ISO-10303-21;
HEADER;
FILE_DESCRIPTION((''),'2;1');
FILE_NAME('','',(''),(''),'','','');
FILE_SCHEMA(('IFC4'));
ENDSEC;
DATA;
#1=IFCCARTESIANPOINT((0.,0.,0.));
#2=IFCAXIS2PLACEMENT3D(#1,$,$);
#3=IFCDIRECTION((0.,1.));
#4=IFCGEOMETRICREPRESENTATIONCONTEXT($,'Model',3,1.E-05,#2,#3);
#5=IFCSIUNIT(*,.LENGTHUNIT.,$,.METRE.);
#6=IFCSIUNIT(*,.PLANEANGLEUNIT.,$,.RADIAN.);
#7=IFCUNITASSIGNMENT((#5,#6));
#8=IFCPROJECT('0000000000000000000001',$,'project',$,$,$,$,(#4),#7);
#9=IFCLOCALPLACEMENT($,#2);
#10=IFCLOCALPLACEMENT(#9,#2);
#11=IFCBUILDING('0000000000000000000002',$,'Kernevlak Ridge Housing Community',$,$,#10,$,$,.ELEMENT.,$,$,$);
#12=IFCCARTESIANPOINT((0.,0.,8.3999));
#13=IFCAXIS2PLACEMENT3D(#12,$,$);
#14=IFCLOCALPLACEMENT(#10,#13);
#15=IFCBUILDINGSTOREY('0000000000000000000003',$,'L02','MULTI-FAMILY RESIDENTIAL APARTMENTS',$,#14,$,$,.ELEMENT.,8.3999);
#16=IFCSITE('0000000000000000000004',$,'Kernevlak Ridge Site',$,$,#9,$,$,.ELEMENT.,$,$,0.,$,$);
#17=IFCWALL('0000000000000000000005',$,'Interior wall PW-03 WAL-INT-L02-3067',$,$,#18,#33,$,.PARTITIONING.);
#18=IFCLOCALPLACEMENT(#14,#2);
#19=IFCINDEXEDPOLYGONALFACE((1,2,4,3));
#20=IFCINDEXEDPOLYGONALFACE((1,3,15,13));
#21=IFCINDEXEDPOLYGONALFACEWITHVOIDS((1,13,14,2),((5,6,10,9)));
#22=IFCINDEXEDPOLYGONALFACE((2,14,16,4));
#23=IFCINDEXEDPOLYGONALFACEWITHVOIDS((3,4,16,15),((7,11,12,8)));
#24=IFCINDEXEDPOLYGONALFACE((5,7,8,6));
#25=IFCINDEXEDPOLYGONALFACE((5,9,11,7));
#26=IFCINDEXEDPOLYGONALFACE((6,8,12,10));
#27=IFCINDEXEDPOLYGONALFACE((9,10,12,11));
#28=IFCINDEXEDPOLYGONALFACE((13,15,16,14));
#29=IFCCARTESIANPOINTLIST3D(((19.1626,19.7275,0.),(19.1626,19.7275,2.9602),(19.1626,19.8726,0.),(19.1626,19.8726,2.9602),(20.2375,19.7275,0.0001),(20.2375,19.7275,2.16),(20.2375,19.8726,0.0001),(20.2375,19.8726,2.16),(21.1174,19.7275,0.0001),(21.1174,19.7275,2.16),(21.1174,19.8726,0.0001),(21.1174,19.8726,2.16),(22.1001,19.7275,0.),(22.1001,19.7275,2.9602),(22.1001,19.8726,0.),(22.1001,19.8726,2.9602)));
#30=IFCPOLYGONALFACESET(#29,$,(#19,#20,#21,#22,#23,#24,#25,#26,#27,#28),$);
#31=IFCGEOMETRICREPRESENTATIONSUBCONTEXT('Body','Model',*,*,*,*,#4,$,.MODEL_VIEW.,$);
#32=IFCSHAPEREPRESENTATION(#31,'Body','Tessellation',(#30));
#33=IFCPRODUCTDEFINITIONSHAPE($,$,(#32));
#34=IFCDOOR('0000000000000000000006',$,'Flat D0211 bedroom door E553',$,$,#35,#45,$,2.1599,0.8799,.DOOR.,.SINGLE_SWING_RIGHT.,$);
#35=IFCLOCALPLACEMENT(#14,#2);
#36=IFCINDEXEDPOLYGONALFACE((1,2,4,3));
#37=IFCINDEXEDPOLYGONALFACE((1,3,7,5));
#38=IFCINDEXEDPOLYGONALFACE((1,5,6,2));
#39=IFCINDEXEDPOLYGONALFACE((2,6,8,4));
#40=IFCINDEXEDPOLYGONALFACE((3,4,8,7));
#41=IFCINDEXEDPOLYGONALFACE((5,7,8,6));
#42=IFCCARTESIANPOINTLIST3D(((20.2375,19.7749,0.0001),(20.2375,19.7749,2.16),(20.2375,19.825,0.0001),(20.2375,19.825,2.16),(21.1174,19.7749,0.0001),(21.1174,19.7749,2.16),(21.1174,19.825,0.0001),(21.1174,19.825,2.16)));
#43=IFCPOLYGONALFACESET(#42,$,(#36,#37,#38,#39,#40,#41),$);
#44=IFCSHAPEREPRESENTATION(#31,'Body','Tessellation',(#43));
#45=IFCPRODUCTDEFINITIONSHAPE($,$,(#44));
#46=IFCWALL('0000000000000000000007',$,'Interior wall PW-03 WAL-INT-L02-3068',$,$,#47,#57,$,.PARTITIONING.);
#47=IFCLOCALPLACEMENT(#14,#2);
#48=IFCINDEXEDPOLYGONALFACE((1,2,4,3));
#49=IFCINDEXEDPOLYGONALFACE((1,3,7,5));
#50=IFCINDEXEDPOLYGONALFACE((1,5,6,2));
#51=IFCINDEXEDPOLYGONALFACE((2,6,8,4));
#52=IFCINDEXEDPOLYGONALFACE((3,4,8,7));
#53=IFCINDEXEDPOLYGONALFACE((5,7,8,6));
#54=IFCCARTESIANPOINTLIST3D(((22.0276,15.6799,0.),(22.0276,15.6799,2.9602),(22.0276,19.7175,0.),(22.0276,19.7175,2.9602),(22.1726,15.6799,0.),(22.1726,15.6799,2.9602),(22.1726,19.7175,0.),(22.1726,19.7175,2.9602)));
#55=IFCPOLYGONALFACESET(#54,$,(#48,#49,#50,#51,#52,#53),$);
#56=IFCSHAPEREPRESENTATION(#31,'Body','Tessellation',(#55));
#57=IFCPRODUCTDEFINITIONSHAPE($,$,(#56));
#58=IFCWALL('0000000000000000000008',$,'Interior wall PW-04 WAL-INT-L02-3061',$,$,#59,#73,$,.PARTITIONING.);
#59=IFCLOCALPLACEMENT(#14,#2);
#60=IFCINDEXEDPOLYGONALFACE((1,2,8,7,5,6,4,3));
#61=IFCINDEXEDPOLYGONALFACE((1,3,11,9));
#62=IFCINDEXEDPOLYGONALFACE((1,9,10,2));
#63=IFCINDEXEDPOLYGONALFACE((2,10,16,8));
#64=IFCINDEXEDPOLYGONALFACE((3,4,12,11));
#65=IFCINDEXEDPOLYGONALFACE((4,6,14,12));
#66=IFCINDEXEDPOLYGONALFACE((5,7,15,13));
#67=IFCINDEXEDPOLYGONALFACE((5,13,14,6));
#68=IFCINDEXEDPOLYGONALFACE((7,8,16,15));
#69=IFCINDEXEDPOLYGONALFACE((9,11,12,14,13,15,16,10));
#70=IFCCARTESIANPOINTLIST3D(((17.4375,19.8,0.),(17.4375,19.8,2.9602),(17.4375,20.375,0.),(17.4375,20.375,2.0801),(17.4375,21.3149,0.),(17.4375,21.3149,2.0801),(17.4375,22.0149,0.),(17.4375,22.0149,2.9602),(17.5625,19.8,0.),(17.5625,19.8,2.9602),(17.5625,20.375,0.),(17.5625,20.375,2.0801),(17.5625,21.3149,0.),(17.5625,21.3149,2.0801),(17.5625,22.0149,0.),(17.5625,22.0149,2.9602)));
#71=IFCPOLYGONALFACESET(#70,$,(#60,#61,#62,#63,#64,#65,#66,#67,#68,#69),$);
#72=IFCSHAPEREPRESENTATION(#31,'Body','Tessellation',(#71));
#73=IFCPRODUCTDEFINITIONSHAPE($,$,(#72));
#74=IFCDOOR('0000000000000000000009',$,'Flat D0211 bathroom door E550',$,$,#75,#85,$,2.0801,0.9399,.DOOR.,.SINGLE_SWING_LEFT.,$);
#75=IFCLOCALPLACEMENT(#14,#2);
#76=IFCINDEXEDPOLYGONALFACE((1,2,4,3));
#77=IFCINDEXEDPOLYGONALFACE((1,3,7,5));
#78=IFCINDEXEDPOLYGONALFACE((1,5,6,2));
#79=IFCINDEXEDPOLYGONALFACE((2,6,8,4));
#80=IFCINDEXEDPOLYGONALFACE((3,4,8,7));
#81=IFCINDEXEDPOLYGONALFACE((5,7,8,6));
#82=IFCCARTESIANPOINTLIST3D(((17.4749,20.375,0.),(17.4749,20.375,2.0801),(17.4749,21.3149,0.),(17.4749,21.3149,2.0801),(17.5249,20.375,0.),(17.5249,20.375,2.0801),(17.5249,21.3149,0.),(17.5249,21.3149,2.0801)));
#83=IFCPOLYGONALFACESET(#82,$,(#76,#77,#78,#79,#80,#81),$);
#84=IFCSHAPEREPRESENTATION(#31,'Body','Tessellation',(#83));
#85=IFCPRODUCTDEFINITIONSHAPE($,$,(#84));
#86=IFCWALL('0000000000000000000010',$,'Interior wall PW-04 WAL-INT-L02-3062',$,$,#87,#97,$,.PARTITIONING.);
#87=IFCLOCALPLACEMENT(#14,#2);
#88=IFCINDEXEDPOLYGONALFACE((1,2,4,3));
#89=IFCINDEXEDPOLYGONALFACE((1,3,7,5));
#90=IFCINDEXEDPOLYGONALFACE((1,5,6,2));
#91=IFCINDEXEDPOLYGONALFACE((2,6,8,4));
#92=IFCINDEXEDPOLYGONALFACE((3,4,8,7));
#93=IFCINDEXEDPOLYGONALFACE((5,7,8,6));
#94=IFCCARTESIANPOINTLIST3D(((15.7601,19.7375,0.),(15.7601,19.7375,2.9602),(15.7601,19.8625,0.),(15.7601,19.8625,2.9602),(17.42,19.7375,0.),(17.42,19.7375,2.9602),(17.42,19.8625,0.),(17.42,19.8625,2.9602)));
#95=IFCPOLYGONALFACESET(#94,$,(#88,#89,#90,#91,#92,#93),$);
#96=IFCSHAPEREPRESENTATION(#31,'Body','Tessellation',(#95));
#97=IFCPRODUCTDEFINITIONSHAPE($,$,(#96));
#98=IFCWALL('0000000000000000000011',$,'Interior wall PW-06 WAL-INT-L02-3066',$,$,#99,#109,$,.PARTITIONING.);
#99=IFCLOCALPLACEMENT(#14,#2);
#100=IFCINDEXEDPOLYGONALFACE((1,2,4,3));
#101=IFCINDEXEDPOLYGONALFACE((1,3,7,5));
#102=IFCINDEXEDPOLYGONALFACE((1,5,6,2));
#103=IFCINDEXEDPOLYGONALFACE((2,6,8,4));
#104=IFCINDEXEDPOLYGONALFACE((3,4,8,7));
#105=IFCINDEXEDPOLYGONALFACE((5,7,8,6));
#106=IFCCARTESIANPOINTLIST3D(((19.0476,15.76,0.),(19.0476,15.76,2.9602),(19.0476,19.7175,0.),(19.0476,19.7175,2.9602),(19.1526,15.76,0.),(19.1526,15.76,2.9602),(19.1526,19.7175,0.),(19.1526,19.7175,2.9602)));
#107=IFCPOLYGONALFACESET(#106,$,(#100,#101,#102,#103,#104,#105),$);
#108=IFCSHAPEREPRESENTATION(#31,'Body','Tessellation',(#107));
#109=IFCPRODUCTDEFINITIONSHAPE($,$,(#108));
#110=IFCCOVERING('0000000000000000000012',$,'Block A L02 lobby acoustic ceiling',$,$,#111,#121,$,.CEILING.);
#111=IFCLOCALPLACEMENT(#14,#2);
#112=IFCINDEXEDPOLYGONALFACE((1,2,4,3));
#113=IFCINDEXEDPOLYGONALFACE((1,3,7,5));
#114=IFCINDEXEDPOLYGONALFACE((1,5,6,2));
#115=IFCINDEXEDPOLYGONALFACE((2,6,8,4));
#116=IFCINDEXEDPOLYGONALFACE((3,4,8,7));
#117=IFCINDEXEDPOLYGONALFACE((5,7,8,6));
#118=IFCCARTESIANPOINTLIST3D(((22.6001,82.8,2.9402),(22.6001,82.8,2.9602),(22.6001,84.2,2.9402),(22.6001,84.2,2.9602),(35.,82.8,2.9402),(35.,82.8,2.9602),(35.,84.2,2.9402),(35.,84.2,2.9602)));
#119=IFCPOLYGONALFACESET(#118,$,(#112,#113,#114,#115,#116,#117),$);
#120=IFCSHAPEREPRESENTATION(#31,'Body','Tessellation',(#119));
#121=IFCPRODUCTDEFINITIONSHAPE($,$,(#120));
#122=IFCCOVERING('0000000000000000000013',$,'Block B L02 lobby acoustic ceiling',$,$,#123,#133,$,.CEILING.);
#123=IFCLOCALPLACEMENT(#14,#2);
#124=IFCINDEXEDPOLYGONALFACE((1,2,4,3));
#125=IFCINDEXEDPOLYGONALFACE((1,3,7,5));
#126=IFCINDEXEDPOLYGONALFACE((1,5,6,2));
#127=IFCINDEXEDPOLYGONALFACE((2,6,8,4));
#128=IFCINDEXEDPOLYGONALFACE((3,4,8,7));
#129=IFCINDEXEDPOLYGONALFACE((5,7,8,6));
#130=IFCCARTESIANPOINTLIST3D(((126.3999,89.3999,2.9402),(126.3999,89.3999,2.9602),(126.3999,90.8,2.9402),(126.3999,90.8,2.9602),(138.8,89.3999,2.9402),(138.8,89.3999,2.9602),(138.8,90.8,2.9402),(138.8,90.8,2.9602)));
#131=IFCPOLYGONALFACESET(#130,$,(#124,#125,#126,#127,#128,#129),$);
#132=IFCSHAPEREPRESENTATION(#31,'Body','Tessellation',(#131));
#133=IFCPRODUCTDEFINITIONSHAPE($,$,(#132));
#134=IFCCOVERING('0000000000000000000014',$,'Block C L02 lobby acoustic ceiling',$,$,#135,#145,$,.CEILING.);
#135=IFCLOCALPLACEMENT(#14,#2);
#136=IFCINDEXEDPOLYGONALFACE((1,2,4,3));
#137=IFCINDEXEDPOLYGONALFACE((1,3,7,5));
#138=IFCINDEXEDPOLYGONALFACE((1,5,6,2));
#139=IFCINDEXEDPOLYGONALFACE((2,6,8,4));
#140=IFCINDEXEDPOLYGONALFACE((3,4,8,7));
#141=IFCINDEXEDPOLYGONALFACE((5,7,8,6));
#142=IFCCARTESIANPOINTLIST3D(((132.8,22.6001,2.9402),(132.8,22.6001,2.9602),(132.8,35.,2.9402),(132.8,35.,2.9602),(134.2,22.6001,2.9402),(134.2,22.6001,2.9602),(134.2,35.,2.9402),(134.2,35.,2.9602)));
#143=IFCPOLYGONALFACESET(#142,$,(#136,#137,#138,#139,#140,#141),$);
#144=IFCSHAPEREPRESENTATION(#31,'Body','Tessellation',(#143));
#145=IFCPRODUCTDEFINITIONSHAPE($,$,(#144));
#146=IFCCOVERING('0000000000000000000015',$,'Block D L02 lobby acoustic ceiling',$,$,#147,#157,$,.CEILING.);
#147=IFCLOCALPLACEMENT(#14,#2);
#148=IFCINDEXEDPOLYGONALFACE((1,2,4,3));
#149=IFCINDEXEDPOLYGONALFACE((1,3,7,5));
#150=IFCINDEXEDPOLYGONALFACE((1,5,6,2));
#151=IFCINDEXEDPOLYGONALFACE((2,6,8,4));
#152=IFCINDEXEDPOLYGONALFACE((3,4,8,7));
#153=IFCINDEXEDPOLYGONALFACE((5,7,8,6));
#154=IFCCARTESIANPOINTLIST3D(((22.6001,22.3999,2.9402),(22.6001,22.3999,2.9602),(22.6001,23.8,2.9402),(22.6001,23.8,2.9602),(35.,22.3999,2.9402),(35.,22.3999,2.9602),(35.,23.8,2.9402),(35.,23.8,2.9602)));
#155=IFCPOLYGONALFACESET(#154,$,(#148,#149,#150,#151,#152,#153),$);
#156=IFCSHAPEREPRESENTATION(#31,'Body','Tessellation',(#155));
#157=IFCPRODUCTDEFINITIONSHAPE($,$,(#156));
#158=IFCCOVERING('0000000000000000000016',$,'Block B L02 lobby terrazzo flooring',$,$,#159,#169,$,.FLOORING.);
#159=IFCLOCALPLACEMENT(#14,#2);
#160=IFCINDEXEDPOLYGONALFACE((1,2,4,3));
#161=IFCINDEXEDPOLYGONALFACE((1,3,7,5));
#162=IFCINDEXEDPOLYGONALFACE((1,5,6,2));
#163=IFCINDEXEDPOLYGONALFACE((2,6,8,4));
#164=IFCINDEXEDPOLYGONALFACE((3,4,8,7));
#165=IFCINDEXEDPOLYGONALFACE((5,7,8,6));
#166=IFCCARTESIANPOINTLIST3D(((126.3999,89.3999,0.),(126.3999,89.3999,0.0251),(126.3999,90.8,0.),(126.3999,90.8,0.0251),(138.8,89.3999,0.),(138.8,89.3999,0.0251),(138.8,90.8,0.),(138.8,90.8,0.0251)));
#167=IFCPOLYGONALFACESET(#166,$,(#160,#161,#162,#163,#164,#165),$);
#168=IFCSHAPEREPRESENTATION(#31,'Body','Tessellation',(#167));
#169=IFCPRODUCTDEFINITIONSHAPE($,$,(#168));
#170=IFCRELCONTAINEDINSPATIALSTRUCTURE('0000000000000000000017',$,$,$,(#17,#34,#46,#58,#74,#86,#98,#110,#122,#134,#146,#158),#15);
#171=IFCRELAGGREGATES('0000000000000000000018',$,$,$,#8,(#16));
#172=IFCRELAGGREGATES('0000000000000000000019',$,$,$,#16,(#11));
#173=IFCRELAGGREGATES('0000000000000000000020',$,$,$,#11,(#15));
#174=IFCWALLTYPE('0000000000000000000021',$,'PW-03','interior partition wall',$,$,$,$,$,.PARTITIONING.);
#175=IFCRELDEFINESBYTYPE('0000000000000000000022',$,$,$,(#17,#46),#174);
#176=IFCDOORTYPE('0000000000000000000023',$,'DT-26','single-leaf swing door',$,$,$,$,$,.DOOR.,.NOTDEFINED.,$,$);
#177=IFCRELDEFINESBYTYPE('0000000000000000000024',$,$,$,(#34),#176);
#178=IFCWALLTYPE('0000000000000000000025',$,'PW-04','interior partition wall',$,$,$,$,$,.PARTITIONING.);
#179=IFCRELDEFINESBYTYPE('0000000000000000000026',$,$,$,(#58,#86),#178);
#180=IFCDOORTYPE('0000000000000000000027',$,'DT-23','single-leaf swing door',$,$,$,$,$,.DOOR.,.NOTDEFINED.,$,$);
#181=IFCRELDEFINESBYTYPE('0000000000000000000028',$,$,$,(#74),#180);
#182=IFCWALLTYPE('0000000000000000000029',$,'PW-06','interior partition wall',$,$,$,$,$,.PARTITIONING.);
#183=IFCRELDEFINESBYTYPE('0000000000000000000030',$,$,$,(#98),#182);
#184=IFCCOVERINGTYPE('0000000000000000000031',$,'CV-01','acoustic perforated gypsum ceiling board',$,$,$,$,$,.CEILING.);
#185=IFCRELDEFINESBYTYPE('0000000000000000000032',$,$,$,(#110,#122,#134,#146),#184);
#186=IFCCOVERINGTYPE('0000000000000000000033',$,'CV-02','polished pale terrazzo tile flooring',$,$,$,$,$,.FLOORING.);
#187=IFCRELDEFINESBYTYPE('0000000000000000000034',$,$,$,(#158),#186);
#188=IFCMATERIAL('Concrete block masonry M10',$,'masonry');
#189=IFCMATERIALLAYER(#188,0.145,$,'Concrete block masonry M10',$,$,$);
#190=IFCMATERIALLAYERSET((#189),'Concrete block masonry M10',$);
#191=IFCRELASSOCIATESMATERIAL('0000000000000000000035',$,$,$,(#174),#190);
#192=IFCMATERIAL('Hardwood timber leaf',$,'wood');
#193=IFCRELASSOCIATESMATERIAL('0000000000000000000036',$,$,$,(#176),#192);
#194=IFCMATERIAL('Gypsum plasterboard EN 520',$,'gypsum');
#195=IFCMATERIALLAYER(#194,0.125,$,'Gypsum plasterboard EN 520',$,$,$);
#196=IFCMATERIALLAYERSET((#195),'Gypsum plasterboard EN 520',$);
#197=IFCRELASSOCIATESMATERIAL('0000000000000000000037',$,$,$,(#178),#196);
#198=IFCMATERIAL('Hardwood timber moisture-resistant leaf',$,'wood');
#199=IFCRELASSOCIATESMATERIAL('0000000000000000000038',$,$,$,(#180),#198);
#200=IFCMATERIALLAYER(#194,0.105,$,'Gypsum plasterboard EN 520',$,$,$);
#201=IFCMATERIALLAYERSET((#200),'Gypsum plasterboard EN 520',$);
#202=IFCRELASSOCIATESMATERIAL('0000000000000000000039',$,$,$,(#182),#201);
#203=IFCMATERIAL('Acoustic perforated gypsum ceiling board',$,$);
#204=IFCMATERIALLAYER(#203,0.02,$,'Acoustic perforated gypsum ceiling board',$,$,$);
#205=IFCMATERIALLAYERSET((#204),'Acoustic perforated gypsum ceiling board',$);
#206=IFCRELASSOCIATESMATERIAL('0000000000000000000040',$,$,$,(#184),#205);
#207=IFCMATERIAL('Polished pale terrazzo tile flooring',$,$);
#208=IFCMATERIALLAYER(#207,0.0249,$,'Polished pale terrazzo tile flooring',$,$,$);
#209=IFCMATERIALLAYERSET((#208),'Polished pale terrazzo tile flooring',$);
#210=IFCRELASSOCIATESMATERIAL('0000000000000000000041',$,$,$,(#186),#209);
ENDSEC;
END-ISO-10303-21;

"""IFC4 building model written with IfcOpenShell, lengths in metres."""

from ifc_helpers import new_model, si_unit, direction, frame, frame_2d, origin, place, context, subcontext, project, spatial, polyline, rectangle, outline, extrude, material, layer, layer_set, type_object, element, fill, save


model = new_model("IFC4")

# Units and contexts
model_context = context("Model", 3, precision=1e-05, world=origin(), true_north=direction((0.0, 1.0)))
body_context = subcontext(model_context, "Body", "Model", "MODEL_VIEW")
ifc_project = project(units=[si_unit("LENGTHUNIT", "METRE"), si_unit("PLANEANGLEUNIT", "RADIAN")], contexts=[model_context])

# Site, building, storey
site_placement = place(None, origin())
site = spatial("IfcSite", under=ifc_project, at=site_placement, Name="Kernevlak Ridge Site", CompositionType="ELEMENT", RefElevation=0.0)
building_placement = place(site_placement, origin())
building = spatial("IfcBuilding", under=site, at=building_placement, Name="Kernevlak Ridge Housing Community", CompositionType="ELEMENT")
storey_placement = place(building_placement, frame((0.0, 0.0, 8.3999)))
storey = spatial("IfcBuildingStorey", under=building, at=storey_placement, Name="L02", Description="MULTI-FAMILY RESIDENTIAL APARTMENTS", CompositionType="ELEMENT", Elevation=8.3999)

# Shared definitions
ifc_material_1 = material(Name="Concrete block masonry M10", Category="masonry")

# Wall, opening, door
ifc_layer_1 = layer(ifc_material_1, 0.145, Name="Concrete block masonry M10")
ifc_layer_set_1 = layer_set([ifc_layer_1], Name="Concrete block masonry M10")
wall_type_1 = type_object("IfcWallType", Name="PW-03", Description="interior partition wall", PredefinedType="PARTITIONING", material=ifc_layer_set_1)
ifc_material_2 = material(Name="Hardwood timber leaf", Category="wood")
wall_1_placement = place(storey_placement, frame((19.1626, 19.8, 0.0), z_axis=(0.0, 0.0, 1.0), x_axis=(1.0, 0.0, 0.0)))
wall_1 = element("IfcWall", 1, at=wall_1_placement, inside=storey, type_object=wall_type_1, Name="Interior wall PW-03 WAL-INT-L02-3067", PredefinedType="PARTITIONING", context=body_context, shape_type="SweptSolid", body=[
    extrude(rectangle(XDim=2.9375, YDim=0.145, at=frame_2d((1.4688, 0.0))), origin(), (0.0, 0.0, 1.0), 2.9602),
])
opening_1_placement = place(wall_1_placement, frame((1.075, 0.0, 0.0)))
opening_1 = element("IfcOpeningElement", 2, at=opening_1_placement, cuts=wall_1, PredefinedType="OPENING", context=body_context, shape_type="SweptSolid", body=[
    extrude(rectangle(XDim=0.8799, YDim=2.1599, at=frame_2d((0.4399, 1.0801))), frame((0.0, 0.0825, 0.0), z_axis=(0.0, -1.0, 0.0), x_axis=(1.0, 0.0, 0.0)), (0.0, 0.0, 1.0), 0.165),
])
door_type_1 = type_object("IfcDoorType", Name="DT-26", Description="single-leaf swing door", OperationType="NOTDEFINED", PredefinedType="DOOR", material=ifc_material_2)
door_1_placement = place(opening_1_placement, origin())
door_1 = element("IfcDoor", 3, at=door_1_placement, inside=storey, type_object=door_type_1, Name="Flat D0211 bedroom door E553", OperationType="SINGLE_SWING_RIGHT", OverallHeight=2.1599, OverallWidth=0.8799, PredefinedType="DOOR", context=body_context, shape_type="SweptSolid", body=[
    extrude(rectangle(XDim=0.8799, YDim=2.1599, at=frame_2d((0.4399, 1.0801))), frame((0.0, 0.0249, 0.0), z_axis=(0.0, -1.0, 0.0), x_axis=(1.0, 0.0, 0.0)), (0.0, 0.0, 1.0), 0.05),
])
fill(opening_1, door_1)

# Wall
wall_2_placement = place(storey_placement, frame((22.1001, 19.7175, 0.0), z_axis=(0.0, 0.0, 1.0), x_axis=(0.0, -1.0, 0.0)))
element("IfcWall", 4, at=wall_2_placement, inside=storey, type_object=wall_type_1, Name="Interior wall PW-03 WAL-INT-L02-3068", PredefinedType="PARTITIONING", context=body_context, shape_type="SweptSolid", body=[
    extrude(rectangle(XDim=4.0376, YDim=0.145, at=frame_2d((2.0188, 0.0))), origin(), (0.0, 0.0, 1.0), 2.9602),
])

# Wall, opening, door
ifc_material_3 = material(Name="Gypsum plasterboard EN 520", Category="gypsum")
ifc_layer_2 = layer(ifc_material_3, 0.125, Name="Gypsum plasterboard EN 520")
ifc_layer_set_2 = layer_set([ifc_layer_2], Name="Gypsum plasterboard EN 520")
wall_type_2 = type_object("IfcWallType", Name="PW-04", Description="interior partition wall", PredefinedType="PARTITIONING", material=ifc_layer_set_2)
wall_3_placement = place(storey_placement, frame((17.5, 22.0149, 0.0), z_axis=(0.0, 0.0, 1.0), x_axis=(0.0, -1.0, 0.0)))
wall_3 = element("IfcWall", 5, at=wall_3_placement, inside=storey, type_object=wall_type_2, Name="Interior wall PW-04 WAL-INT-L02-3061", PredefinedType="PARTITIONING", context=body_context, shape_type="SweptSolid", body=[
    extrude(rectangle(XDim=2.2148, YDim=0.125, at=frame_2d((1.1074, 0.0))), origin(), (0.0, 0.0, 1.0), 2.9602),
])
opening_2_placement = place(wall_3_placement, frame((0.7, 0.0, 0.0)))
opening_2 = element("IfcOpeningElement", 6, at=opening_2_placement, cuts=wall_3, PredefinedType="OPENING", context=body_context, shape_type="SweptSolid", body=[
    extrude(rectangle(XDim=0.9399, YDim=2.0801, at=frame_2d((0.47, 1.04))), frame((0.0, 0.0725, 0.0), z_axis=(0.0, -1.0, 0.0), x_axis=(1.0, 0.0, 0.0)), (0.0, 0.0, 1.0), 0.145),
])
ifc_material_4 = material(Name="Hardwood timber moisture-resistant leaf", Category="wood")
door_type_2 = type_object("IfcDoorType", Name="DT-23", Description="single-leaf swing door", OperationType="NOTDEFINED", PredefinedType="DOOR", material=ifc_material_4)
door_2_placement = place(opening_2_placement, origin())
door_2 = element("IfcDoor", 7, at=door_2_placement, inside=storey, type_object=door_type_2, Name="Flat D0211 bathroom door E550", OperationType="SINGLE_SWING_LEFT", OverallHeight=2.0801, OverallWidth=0.9399, PredefinedType="DOOR", context=body_context, shape_type="SweptSolid", body=[
    extrude(rectangle(XDim=0.9399, YDim=2.0801, at=frame_2d((0.47, 1.04))), frame((0.0, 0.0249, 0.0), z_axis=(0.0, -1.0, 0.0), x_axis=(1.0, 0.0, 0.0)), (0.0, 0.0, 1.0), 0.05),
])
fill(opening_2, door_2)

# Walls
wall_4_placement = place(storey_placement, frame((15.76, 19.8, 0.0), z_axis=(0.0, 0.0, 1.0), x_axis=(1.0, 0.0, 0.0)))
element("IfcWall", 8, at=wall_4_placement, inside=storey, type_object=wall_type_2, Name="Interior wall PW-04 WAL-INT-L02-3062", PredefinedType="PARTITIONING", context=body_context, shape_type="SweptSolid", body=[
    extrude(rectangle(XDim=1.6599, YDim=0.125, at=frame_2d((0.8301, 0.0))), origin(), (0.0, 0.0, 1.0), 2.9602),
])
ifc_layer_3 = layer(ifc_material_3, 0.105, Name="Gypsum plasterboard EN 520")
ifc_layer_set_3 = layer_set([ifc_layer_3], Name="Gypsum plasterboard EN 520")
wall_type_3 = type_object("IfcWallType", Name="PW-06", Description="interior partition wall", PredefinedType="PARTITIONING", material=ifc_layer_set_3)
wall_5_placement = place(storey_placement, frame((19.1001, 19.7175, 0.0), z_axis=(0.0, 0.0, 1.0), x_axis=(0.0, -1.0, 0.0)))
element("IfcWall", 9, at=wall_5_placement, inside=storey, type_object=wall_type_3, Name="Interior wall PW-06 WAL-INT-L02-3066", PredefinedType="PARTITIONING", context=body_context, shape_type="SweptSolid", body=[
    extrude(rectangle(XDim=3.9575, YDim=0.105, at=frame_2d((1.9788, 0.0))), origin(), (0.0, 0.0, 1.0), 2.9602),
])

# Coverings
ifc_material_5 = material(Name="Acoustic perforated gypsum ceiling board")
ifc_layer_4 = layer(ifc_material_5, 0.02, Name="Acoustic perforated gypsum ceiling board")
ifc_layer_set_4 = layer_set([ifc_layer_4], Name="Acoustic perforated gypsum ceiling board")
covering_type_1 = type_object("IfcCoveringType", Name="CV-01", Description="acoustic perforated gypsum ceiling board", PredefinedType="CEILING", material=ifc_layer_set_4)
covering_1_placement = place(storey_placement, frame((0.0, 0.0, 2.9402)))
element("IfcCovering", 10, at=covering_1_placement, inside=storey, type_object=covering_type_1, Name="Block A L02 lobby acoustic ceiling", PredefinedType="CEILING", context=body_context, shape_type="SweptSolid", body=[
    extrude(outline(polyline([(22.6001, 82.8), (35.0, 82.8), (35.0, 84.2), (22.6001, 84.2), (22.6001, 82.8)])), origin(), (0.0, 0.0, 1.0), 0.02),
])
covering_2_placement = place(storey_placement, frame((0.0, 0.0, 2.9402)))
element("IfcCovering", 11, at=covering_2_placement, inside=storey, type_object=covering_type_1, Name="Block B L02 lobby acoustic ceiling", PredefinedType="CEILING", context=body_context, shape_type="SweptSolid", body=[
    extrude(outline(polyline([(126.3999, 89.3999), (138.8, 89.3999), (138.8, 90.8), (126.3999, 90.8), (126.3999, 89.3999)])), origin(), (0.0, 0.0, 1.0), 0.02),
])
covering_3_placement = place(storey_placement, frame((0.0, 0.0, 2.9402)))
element("IfcCovering", 12, at=covering_3_placement, inside=storey, type_object=covering_type_1, Name="Block C L02 lobby acoustic ceiling", PredefinedType="CEILING", context=body_context, shape_type="SweptSolid", body=[
    extrude(outline(polyline([(134.2, 22.6001), (134.2, 35.0), (132.8, 35.0), (132.8, 22.6001), (134.2, 22.6001)])), origin(), (0.0, 0.0, 1.0), 0.02),
])
covering_4_placement = place(storey_placement, frame((0.0, 0.0, 2.9402)))
element("IfcCovering", 13, at=covering_4_placement, inside=storey, type_object=covering_type_1, Name="Block D L02 lobby acoustic ceiling", PredefinedType="CEILING", context=body_context, shape_type="SweptSolid", body=[
    extrude(outline(polyline([(22.6001, 22.3999), (35.0, 22.3999), (35.0, 23.8), (22.6001, 23.8), (22.6001, 22.3999)])), origin(), (0.0, 0.0, 1.0), 0.02),
])
ifc_material_6 = material(Name="Polished pale terrazzo tile flooring")
ifc_layer_5 = layer(ifc_material_6, 0.0249, Name="Polished pale terrazzo tile flooring")
ifc_layer_set_5 = layer_set([ifc_layer_5], Name="Polished pale terrazzo tile flooring")
covering_type_2 = type_object("IfcCoveringType", Name="CV-02", Description="polished pale terrazzo tile flooring", PredefinedType="FLOORING", material=ifc_layer_set_5)
covering_5_placement = place(storey_placement, origin())
element("IfcCovering", 14, at=covering_5_placement, inside=storey, type_object=covering_type_2, Name="Block B L02 lobby terrazzo flooring", PredefinedType="FLOORING", context=body_context, shape_type="SweptSolid", body=[
    extrude(outline(polyline([(126.3999, 89.3999), (138.8, 89.3999), (138.8, 90.8), (126.3999, 90.8), (126.3999, 89.3999)])), origin(), (0.0, 0.0, 1.0), 0.0251),
])

save(model, "model.ifc")
